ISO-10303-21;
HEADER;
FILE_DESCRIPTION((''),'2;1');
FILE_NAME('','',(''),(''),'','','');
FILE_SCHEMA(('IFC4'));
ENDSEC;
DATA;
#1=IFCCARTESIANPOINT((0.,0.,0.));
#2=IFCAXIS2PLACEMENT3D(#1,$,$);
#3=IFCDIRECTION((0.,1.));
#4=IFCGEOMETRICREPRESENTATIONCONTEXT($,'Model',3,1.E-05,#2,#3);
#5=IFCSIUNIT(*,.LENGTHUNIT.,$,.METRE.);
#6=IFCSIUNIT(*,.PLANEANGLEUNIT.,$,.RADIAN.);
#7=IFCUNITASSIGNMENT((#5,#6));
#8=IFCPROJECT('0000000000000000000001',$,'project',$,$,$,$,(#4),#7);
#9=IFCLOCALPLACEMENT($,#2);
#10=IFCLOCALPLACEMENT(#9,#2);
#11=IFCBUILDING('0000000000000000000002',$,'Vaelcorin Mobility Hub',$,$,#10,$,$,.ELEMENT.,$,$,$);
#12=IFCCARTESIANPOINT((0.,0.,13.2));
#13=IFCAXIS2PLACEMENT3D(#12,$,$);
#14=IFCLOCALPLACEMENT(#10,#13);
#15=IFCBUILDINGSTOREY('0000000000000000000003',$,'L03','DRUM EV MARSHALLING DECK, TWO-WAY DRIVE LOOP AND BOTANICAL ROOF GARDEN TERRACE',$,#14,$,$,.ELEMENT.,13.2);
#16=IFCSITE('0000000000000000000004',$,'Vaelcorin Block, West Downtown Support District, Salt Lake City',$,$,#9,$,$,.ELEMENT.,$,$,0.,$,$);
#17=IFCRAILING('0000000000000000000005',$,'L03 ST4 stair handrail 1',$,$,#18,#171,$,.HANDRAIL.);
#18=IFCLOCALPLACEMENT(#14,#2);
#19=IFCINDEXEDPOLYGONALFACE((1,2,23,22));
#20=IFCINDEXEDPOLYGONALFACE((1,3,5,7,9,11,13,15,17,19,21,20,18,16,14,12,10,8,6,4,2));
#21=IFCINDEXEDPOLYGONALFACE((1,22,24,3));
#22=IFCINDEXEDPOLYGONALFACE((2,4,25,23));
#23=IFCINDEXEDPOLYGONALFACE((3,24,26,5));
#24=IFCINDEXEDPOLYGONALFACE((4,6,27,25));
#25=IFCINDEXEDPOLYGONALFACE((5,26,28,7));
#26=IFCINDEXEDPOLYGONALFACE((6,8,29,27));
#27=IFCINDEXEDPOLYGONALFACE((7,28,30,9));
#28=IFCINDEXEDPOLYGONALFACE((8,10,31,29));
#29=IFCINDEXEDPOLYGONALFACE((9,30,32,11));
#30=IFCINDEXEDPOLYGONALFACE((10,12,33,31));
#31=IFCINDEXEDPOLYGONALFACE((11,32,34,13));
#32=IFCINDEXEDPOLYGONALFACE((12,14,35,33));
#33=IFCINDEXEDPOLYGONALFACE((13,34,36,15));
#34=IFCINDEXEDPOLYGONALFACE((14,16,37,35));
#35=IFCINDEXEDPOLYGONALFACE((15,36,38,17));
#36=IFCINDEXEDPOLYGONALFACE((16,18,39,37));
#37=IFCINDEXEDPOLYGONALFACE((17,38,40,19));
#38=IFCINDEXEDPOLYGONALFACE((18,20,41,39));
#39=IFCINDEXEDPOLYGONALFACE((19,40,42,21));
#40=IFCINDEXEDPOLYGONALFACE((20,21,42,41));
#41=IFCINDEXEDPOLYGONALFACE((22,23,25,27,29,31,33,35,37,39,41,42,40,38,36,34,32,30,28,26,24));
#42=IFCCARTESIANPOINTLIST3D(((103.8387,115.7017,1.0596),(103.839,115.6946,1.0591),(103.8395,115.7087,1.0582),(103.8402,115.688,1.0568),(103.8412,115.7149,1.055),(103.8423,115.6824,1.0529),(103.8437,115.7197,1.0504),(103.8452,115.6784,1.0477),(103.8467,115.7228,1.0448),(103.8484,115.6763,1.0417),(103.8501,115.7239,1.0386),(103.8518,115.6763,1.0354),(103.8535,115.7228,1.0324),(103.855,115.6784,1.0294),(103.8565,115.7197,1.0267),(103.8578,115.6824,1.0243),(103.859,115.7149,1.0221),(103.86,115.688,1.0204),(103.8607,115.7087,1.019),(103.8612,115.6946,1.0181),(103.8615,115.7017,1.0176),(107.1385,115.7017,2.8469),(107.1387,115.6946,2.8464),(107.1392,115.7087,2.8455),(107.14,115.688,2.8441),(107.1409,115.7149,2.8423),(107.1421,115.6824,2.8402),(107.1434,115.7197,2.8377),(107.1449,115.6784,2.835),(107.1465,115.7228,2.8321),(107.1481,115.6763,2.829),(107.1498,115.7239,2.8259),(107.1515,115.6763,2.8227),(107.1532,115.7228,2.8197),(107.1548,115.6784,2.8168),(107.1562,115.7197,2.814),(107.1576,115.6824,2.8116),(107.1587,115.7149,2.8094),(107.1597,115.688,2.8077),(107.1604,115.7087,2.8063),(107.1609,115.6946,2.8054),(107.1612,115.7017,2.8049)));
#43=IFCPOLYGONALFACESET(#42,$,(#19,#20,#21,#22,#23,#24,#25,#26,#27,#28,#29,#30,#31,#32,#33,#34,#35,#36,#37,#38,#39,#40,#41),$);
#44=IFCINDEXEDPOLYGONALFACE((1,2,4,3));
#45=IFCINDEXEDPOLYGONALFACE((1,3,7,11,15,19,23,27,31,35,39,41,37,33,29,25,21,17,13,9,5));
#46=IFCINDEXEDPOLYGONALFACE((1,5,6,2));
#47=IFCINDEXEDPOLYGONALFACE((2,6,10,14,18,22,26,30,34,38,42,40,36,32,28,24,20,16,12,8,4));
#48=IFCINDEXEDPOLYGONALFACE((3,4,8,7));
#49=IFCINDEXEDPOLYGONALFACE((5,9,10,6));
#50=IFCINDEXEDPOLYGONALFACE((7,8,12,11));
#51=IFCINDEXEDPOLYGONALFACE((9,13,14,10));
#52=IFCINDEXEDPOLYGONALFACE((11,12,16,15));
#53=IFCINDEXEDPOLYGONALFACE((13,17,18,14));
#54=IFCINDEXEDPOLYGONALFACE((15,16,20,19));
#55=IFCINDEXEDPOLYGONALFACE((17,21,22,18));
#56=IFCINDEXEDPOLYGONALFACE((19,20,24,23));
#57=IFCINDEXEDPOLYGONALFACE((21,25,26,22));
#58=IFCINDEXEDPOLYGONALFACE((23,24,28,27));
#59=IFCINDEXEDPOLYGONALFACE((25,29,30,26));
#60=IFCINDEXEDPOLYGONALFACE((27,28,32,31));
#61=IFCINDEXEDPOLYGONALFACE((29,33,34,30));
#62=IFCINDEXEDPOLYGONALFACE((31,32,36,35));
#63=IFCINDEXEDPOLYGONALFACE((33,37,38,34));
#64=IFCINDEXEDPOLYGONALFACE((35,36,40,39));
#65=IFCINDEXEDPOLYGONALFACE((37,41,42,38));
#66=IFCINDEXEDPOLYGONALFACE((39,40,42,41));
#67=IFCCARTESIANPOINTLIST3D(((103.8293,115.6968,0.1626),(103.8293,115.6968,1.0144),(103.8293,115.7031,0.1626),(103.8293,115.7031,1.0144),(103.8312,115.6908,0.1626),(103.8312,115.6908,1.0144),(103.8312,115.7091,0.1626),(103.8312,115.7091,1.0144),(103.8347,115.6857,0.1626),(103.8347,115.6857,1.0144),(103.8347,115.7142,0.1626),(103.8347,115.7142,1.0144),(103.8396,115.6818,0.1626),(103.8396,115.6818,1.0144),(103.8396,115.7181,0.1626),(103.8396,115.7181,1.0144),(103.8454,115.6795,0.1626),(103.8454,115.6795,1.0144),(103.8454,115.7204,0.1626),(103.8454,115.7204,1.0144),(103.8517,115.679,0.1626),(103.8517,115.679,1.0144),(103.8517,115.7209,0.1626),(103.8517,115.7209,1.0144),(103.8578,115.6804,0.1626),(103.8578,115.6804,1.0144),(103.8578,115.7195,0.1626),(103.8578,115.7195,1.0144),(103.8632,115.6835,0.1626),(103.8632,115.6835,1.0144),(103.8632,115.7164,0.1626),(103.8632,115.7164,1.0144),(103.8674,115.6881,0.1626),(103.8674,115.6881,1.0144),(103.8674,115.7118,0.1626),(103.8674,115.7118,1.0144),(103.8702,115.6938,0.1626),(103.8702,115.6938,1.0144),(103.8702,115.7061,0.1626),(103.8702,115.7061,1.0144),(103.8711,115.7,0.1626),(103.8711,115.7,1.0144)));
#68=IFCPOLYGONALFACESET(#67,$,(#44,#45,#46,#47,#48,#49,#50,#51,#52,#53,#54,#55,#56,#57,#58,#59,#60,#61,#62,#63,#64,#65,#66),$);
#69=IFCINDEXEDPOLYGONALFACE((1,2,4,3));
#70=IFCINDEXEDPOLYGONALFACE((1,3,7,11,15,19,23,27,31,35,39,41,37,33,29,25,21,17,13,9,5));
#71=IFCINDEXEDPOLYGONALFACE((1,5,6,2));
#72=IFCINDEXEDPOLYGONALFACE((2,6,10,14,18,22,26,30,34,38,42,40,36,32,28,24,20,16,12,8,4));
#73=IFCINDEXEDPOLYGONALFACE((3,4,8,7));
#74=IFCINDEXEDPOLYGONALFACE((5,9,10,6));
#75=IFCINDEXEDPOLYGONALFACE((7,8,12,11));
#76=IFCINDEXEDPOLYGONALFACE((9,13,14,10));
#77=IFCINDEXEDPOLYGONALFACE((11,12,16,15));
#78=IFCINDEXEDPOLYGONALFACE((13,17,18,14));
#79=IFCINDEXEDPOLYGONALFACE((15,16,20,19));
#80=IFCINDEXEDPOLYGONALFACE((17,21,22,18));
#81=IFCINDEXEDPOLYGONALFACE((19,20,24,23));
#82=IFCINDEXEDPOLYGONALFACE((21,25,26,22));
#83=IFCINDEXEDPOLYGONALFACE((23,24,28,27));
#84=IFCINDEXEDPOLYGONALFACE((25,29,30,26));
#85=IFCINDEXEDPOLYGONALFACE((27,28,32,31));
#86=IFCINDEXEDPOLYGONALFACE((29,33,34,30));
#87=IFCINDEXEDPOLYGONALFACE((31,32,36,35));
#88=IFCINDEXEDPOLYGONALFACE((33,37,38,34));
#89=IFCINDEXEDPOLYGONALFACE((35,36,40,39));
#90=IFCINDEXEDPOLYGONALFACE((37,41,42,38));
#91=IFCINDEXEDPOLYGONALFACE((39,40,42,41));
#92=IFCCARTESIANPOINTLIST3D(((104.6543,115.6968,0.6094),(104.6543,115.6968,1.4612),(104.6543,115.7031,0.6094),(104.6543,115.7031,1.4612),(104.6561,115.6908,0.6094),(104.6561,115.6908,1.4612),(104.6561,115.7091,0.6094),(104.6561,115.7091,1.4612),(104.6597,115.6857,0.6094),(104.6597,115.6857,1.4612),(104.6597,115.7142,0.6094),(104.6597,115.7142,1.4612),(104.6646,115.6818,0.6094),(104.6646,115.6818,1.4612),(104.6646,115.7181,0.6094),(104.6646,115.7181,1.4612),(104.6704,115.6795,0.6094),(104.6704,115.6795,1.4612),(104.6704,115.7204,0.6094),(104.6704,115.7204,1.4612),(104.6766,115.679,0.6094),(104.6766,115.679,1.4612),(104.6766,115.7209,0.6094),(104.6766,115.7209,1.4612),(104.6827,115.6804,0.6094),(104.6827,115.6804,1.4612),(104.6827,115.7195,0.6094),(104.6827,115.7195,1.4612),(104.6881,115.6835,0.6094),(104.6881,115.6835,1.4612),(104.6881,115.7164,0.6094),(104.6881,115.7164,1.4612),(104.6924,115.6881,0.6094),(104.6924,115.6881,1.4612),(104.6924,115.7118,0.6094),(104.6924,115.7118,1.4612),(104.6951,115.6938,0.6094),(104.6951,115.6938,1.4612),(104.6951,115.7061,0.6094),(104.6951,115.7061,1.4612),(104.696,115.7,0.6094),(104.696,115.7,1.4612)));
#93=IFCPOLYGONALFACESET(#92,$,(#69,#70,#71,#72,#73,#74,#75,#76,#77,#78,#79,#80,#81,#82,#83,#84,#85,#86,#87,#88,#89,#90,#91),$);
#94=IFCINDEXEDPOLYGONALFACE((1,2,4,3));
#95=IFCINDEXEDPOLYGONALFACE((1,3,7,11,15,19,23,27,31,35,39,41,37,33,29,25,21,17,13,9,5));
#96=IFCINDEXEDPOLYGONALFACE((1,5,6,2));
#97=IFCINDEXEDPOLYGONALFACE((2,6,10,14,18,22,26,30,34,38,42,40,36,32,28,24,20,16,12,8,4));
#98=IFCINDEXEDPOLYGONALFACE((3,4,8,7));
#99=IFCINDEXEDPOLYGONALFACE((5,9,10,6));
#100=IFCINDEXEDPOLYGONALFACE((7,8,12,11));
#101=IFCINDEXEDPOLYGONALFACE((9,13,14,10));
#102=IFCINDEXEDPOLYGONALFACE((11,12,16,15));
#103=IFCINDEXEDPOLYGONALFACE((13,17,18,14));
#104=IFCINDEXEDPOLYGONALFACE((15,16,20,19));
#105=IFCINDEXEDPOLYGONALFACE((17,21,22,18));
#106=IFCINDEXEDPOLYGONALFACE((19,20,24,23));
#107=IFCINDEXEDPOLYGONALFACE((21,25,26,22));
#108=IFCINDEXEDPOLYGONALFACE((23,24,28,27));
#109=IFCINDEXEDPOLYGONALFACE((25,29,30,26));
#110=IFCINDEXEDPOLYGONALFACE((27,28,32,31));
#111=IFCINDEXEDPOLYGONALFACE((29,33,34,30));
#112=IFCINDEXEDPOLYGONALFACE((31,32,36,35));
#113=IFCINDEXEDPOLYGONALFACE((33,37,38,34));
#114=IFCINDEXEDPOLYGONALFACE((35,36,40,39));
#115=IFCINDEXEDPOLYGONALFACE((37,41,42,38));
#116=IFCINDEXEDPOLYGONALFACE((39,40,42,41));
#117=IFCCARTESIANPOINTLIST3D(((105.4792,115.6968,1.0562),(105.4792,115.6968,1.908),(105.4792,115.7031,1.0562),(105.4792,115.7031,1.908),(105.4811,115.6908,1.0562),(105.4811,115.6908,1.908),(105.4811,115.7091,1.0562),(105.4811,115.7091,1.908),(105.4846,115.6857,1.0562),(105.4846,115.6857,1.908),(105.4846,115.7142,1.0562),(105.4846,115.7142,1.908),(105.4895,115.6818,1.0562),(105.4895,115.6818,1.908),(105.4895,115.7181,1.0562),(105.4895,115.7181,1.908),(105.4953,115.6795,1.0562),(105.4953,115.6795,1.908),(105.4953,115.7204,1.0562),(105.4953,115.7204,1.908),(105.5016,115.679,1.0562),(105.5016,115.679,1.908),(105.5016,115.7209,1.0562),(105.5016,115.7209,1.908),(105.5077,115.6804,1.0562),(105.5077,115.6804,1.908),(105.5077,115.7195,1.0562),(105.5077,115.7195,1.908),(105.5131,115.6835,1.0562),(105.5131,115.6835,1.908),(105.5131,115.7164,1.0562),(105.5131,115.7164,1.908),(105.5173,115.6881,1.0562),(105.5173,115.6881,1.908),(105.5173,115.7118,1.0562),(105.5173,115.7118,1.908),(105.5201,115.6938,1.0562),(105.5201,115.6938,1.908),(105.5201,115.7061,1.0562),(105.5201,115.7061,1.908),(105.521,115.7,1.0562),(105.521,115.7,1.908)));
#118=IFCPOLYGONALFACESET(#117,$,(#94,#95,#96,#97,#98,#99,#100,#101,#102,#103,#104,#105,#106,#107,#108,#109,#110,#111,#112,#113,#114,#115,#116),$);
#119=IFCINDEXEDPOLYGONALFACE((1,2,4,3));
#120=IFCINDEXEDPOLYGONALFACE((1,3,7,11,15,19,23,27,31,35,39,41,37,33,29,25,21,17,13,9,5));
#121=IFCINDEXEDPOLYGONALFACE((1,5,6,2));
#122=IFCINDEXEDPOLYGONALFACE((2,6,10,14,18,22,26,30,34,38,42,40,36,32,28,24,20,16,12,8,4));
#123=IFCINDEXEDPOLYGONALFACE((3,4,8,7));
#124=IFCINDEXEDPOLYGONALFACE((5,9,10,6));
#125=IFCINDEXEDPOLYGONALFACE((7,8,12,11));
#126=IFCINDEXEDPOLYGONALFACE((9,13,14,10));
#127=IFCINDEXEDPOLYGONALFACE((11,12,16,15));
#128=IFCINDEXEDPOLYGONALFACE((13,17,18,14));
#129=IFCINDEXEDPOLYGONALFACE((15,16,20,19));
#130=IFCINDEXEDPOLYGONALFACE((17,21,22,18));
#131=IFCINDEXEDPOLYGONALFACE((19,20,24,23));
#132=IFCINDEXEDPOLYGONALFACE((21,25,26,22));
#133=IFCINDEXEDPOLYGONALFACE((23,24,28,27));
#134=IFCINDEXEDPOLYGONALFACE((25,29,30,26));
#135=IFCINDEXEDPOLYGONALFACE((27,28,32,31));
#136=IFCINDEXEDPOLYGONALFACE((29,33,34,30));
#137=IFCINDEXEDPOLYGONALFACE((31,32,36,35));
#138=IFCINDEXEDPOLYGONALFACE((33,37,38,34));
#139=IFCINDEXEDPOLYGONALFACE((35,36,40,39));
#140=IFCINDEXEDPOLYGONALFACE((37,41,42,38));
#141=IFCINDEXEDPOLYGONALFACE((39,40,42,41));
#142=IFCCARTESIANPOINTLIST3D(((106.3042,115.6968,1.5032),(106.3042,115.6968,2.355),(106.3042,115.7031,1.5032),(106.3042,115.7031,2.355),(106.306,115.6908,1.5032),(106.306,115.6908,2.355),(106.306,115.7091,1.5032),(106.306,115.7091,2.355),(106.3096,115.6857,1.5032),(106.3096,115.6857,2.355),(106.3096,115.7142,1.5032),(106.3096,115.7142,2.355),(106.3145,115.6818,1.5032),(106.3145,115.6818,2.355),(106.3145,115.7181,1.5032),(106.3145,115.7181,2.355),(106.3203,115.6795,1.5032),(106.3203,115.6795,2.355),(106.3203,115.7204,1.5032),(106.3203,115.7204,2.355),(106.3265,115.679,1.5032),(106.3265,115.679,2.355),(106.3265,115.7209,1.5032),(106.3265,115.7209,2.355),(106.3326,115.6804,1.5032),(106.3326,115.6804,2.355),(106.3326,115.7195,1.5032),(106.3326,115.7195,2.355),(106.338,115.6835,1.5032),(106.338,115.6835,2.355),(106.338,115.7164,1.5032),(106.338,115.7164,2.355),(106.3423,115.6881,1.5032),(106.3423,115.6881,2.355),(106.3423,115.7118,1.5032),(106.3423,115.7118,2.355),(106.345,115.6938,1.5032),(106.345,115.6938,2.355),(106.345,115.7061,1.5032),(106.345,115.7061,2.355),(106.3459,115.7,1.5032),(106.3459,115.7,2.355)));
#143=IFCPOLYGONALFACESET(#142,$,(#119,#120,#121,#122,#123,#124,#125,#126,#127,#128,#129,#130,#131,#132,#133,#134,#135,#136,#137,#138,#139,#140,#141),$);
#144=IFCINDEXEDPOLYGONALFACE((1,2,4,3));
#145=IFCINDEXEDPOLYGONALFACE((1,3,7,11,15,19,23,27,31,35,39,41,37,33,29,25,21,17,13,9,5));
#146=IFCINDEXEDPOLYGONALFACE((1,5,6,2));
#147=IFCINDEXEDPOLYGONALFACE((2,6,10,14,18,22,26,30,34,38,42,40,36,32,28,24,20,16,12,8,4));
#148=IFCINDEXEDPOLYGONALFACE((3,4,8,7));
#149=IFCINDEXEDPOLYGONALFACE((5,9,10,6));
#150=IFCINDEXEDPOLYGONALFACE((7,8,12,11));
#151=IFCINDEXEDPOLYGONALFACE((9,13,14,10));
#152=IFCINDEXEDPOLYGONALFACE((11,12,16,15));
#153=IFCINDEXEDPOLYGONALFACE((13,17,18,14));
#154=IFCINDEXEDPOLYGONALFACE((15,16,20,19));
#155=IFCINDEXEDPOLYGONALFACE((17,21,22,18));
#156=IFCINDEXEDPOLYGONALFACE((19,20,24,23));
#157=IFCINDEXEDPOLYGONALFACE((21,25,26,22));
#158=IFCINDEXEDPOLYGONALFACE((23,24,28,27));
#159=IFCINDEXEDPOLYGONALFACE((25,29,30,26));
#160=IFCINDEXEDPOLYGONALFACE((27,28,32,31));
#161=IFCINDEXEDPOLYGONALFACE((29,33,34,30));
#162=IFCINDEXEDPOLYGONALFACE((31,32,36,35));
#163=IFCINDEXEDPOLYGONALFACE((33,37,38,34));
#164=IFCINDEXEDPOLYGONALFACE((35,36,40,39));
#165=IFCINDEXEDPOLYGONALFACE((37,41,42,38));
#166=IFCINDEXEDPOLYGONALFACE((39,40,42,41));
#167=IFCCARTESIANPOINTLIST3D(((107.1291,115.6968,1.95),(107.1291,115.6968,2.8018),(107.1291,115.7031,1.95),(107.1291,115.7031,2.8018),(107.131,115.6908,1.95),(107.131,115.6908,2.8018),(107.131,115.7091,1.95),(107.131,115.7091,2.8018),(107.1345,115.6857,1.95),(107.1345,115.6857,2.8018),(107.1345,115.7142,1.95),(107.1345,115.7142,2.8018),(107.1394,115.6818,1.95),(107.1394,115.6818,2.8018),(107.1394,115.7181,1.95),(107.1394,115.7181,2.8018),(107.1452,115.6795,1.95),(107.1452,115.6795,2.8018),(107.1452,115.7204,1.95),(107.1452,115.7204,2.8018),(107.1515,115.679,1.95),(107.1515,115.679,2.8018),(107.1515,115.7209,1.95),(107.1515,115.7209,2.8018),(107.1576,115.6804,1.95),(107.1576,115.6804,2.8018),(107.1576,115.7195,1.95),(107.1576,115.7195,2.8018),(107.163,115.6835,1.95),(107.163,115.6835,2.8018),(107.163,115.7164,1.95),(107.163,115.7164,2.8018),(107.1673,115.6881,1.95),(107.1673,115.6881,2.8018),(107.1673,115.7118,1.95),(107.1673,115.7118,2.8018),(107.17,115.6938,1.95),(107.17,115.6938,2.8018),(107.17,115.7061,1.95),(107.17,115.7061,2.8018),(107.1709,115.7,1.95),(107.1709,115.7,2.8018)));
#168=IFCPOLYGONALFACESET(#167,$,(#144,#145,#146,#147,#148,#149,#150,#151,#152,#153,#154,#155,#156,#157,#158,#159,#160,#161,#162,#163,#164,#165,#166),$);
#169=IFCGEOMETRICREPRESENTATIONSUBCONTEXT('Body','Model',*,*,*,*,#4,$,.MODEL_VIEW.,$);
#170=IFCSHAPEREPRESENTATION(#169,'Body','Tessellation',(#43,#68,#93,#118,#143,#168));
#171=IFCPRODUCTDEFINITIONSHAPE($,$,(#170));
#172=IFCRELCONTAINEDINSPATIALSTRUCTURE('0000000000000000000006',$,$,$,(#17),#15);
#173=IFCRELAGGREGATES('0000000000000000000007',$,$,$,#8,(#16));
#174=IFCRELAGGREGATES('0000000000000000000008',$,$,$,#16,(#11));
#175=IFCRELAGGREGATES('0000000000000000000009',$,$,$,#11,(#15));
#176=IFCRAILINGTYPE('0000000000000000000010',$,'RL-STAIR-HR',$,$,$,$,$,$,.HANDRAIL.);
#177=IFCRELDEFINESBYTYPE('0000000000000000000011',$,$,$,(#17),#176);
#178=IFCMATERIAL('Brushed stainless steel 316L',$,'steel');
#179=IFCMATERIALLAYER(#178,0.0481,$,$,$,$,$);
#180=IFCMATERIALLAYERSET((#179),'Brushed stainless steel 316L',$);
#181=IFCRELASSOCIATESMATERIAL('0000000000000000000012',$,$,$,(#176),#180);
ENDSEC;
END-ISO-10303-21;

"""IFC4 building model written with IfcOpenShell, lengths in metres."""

from ifc_helpers import new_model, si_unit, direction, frame, origin, origin_2d, place, context, subcontext, project, spatial, circle, extrude, material, layer, layer_set, type_object, element, save


model = new_model("IFC4")

# Units and contexts
model_context = context("Model", 3, precision=1e-05, world=origin(), true_north=direction((0.0, 1.0)))
body_context = subcontext(model_context, "Body", "Model", "MODEL_VIEW")
ifc_project = project(units=[si_unit("LENGTHUNIT", "METRE"), si_unit("PLANEANGLEUNIT", "RADIAN")], contexts=[model_context])

# Site, building, storey
site_placement = place(None, origin())
site = spatial("IfcSite", under=ifc_project, at=site_placement, Name="Vaelcorin Block, West Downtown Support District, Salt Lake City", CompositionType="ELEMENT", RefElevation=0.0)
building_placement = place(site_placement, origin())
building = spatial("IfcBuilding", under=site, at=building_placement, Name="Vaelcorin Mobility Hub", CompositionType="ELEMENT")
storey_placement = place(building_placement, frame((0.0, 0.0, 13.2)))
storey = spatial("IfcBuildingStorey", under=building, at=storey_placement, Name="L03", Description="DRUM EV MARSHALLING DECK, TWO-WAY DRIVE LOOP AND BOTANICAL ROOF GARDEN TERRACE", CompositionType="ELEMENT", Elevation=13.2)

# Railing
ifc_material_1 = material(Name="Brushed stainless steel 316L", Category="steel")
ifc_layer_1 = layer(ifc_material_1, 0.0481)
ifc_layer_set_1 = layer_set([ifc_layer_1], Name="Brushed stainless steel 316L")
railing_type_1 = type_object("IfcRailingType", Name="RL-STAIR-HR", PredefinedType="HANDRAIL", material=ifc_layer_set_1)
railing_1_placement = place(storey_placement, frame((103.8501, 115.7, 0.1626)))
element("IfcRailing", 1, at=railing_1_placement, inside=storey, type_object=railing_type_1, Name="L03 ST4 stair handrail 1", PredefinedType="HANDRAIL", context=body_context, shape_type="SweptSolid", body=[
    extrude(circle(Radius=0.0239, at=origin_2d()), frame((0.0, 0.0, 0.876), z_axis=(0.879297, 0.0, 0.476275), x_axis=(0.0, 1.0, 0.0)), (0.0, 0.0, 1.0), 3.7527),
    extrude(circle(Radius=0.021, at=origin_2d()), origin(), (0.0, 0.0, 1.0), 0.8518),
    extrude(circle(Radius=0.021, at=origin_2d()), frame((0.825, 0.0, 0.4468)), (0.0, 0.0, 1.0), 0.8518),
    extrude(circle(Radius=0.021, at=origin_2d()), frame((1.6499, 0.0, 0.8936)), (0.0, 0.0, 1.0), 0.8518),
    extrude(circle(Radius=0.021, at=origin_2d()), frame((2.4749, 0.0, 1.3406)), (0.0, 0.0, 1.0), 0.8518),
    extrude(circle(Radius=0.021, at=origin_2d()), frame((3.2998, 0.0, 1.7874)), (0.0, 0.0, 1.0), 0.8518),
])

save(model, "model.ifc")
